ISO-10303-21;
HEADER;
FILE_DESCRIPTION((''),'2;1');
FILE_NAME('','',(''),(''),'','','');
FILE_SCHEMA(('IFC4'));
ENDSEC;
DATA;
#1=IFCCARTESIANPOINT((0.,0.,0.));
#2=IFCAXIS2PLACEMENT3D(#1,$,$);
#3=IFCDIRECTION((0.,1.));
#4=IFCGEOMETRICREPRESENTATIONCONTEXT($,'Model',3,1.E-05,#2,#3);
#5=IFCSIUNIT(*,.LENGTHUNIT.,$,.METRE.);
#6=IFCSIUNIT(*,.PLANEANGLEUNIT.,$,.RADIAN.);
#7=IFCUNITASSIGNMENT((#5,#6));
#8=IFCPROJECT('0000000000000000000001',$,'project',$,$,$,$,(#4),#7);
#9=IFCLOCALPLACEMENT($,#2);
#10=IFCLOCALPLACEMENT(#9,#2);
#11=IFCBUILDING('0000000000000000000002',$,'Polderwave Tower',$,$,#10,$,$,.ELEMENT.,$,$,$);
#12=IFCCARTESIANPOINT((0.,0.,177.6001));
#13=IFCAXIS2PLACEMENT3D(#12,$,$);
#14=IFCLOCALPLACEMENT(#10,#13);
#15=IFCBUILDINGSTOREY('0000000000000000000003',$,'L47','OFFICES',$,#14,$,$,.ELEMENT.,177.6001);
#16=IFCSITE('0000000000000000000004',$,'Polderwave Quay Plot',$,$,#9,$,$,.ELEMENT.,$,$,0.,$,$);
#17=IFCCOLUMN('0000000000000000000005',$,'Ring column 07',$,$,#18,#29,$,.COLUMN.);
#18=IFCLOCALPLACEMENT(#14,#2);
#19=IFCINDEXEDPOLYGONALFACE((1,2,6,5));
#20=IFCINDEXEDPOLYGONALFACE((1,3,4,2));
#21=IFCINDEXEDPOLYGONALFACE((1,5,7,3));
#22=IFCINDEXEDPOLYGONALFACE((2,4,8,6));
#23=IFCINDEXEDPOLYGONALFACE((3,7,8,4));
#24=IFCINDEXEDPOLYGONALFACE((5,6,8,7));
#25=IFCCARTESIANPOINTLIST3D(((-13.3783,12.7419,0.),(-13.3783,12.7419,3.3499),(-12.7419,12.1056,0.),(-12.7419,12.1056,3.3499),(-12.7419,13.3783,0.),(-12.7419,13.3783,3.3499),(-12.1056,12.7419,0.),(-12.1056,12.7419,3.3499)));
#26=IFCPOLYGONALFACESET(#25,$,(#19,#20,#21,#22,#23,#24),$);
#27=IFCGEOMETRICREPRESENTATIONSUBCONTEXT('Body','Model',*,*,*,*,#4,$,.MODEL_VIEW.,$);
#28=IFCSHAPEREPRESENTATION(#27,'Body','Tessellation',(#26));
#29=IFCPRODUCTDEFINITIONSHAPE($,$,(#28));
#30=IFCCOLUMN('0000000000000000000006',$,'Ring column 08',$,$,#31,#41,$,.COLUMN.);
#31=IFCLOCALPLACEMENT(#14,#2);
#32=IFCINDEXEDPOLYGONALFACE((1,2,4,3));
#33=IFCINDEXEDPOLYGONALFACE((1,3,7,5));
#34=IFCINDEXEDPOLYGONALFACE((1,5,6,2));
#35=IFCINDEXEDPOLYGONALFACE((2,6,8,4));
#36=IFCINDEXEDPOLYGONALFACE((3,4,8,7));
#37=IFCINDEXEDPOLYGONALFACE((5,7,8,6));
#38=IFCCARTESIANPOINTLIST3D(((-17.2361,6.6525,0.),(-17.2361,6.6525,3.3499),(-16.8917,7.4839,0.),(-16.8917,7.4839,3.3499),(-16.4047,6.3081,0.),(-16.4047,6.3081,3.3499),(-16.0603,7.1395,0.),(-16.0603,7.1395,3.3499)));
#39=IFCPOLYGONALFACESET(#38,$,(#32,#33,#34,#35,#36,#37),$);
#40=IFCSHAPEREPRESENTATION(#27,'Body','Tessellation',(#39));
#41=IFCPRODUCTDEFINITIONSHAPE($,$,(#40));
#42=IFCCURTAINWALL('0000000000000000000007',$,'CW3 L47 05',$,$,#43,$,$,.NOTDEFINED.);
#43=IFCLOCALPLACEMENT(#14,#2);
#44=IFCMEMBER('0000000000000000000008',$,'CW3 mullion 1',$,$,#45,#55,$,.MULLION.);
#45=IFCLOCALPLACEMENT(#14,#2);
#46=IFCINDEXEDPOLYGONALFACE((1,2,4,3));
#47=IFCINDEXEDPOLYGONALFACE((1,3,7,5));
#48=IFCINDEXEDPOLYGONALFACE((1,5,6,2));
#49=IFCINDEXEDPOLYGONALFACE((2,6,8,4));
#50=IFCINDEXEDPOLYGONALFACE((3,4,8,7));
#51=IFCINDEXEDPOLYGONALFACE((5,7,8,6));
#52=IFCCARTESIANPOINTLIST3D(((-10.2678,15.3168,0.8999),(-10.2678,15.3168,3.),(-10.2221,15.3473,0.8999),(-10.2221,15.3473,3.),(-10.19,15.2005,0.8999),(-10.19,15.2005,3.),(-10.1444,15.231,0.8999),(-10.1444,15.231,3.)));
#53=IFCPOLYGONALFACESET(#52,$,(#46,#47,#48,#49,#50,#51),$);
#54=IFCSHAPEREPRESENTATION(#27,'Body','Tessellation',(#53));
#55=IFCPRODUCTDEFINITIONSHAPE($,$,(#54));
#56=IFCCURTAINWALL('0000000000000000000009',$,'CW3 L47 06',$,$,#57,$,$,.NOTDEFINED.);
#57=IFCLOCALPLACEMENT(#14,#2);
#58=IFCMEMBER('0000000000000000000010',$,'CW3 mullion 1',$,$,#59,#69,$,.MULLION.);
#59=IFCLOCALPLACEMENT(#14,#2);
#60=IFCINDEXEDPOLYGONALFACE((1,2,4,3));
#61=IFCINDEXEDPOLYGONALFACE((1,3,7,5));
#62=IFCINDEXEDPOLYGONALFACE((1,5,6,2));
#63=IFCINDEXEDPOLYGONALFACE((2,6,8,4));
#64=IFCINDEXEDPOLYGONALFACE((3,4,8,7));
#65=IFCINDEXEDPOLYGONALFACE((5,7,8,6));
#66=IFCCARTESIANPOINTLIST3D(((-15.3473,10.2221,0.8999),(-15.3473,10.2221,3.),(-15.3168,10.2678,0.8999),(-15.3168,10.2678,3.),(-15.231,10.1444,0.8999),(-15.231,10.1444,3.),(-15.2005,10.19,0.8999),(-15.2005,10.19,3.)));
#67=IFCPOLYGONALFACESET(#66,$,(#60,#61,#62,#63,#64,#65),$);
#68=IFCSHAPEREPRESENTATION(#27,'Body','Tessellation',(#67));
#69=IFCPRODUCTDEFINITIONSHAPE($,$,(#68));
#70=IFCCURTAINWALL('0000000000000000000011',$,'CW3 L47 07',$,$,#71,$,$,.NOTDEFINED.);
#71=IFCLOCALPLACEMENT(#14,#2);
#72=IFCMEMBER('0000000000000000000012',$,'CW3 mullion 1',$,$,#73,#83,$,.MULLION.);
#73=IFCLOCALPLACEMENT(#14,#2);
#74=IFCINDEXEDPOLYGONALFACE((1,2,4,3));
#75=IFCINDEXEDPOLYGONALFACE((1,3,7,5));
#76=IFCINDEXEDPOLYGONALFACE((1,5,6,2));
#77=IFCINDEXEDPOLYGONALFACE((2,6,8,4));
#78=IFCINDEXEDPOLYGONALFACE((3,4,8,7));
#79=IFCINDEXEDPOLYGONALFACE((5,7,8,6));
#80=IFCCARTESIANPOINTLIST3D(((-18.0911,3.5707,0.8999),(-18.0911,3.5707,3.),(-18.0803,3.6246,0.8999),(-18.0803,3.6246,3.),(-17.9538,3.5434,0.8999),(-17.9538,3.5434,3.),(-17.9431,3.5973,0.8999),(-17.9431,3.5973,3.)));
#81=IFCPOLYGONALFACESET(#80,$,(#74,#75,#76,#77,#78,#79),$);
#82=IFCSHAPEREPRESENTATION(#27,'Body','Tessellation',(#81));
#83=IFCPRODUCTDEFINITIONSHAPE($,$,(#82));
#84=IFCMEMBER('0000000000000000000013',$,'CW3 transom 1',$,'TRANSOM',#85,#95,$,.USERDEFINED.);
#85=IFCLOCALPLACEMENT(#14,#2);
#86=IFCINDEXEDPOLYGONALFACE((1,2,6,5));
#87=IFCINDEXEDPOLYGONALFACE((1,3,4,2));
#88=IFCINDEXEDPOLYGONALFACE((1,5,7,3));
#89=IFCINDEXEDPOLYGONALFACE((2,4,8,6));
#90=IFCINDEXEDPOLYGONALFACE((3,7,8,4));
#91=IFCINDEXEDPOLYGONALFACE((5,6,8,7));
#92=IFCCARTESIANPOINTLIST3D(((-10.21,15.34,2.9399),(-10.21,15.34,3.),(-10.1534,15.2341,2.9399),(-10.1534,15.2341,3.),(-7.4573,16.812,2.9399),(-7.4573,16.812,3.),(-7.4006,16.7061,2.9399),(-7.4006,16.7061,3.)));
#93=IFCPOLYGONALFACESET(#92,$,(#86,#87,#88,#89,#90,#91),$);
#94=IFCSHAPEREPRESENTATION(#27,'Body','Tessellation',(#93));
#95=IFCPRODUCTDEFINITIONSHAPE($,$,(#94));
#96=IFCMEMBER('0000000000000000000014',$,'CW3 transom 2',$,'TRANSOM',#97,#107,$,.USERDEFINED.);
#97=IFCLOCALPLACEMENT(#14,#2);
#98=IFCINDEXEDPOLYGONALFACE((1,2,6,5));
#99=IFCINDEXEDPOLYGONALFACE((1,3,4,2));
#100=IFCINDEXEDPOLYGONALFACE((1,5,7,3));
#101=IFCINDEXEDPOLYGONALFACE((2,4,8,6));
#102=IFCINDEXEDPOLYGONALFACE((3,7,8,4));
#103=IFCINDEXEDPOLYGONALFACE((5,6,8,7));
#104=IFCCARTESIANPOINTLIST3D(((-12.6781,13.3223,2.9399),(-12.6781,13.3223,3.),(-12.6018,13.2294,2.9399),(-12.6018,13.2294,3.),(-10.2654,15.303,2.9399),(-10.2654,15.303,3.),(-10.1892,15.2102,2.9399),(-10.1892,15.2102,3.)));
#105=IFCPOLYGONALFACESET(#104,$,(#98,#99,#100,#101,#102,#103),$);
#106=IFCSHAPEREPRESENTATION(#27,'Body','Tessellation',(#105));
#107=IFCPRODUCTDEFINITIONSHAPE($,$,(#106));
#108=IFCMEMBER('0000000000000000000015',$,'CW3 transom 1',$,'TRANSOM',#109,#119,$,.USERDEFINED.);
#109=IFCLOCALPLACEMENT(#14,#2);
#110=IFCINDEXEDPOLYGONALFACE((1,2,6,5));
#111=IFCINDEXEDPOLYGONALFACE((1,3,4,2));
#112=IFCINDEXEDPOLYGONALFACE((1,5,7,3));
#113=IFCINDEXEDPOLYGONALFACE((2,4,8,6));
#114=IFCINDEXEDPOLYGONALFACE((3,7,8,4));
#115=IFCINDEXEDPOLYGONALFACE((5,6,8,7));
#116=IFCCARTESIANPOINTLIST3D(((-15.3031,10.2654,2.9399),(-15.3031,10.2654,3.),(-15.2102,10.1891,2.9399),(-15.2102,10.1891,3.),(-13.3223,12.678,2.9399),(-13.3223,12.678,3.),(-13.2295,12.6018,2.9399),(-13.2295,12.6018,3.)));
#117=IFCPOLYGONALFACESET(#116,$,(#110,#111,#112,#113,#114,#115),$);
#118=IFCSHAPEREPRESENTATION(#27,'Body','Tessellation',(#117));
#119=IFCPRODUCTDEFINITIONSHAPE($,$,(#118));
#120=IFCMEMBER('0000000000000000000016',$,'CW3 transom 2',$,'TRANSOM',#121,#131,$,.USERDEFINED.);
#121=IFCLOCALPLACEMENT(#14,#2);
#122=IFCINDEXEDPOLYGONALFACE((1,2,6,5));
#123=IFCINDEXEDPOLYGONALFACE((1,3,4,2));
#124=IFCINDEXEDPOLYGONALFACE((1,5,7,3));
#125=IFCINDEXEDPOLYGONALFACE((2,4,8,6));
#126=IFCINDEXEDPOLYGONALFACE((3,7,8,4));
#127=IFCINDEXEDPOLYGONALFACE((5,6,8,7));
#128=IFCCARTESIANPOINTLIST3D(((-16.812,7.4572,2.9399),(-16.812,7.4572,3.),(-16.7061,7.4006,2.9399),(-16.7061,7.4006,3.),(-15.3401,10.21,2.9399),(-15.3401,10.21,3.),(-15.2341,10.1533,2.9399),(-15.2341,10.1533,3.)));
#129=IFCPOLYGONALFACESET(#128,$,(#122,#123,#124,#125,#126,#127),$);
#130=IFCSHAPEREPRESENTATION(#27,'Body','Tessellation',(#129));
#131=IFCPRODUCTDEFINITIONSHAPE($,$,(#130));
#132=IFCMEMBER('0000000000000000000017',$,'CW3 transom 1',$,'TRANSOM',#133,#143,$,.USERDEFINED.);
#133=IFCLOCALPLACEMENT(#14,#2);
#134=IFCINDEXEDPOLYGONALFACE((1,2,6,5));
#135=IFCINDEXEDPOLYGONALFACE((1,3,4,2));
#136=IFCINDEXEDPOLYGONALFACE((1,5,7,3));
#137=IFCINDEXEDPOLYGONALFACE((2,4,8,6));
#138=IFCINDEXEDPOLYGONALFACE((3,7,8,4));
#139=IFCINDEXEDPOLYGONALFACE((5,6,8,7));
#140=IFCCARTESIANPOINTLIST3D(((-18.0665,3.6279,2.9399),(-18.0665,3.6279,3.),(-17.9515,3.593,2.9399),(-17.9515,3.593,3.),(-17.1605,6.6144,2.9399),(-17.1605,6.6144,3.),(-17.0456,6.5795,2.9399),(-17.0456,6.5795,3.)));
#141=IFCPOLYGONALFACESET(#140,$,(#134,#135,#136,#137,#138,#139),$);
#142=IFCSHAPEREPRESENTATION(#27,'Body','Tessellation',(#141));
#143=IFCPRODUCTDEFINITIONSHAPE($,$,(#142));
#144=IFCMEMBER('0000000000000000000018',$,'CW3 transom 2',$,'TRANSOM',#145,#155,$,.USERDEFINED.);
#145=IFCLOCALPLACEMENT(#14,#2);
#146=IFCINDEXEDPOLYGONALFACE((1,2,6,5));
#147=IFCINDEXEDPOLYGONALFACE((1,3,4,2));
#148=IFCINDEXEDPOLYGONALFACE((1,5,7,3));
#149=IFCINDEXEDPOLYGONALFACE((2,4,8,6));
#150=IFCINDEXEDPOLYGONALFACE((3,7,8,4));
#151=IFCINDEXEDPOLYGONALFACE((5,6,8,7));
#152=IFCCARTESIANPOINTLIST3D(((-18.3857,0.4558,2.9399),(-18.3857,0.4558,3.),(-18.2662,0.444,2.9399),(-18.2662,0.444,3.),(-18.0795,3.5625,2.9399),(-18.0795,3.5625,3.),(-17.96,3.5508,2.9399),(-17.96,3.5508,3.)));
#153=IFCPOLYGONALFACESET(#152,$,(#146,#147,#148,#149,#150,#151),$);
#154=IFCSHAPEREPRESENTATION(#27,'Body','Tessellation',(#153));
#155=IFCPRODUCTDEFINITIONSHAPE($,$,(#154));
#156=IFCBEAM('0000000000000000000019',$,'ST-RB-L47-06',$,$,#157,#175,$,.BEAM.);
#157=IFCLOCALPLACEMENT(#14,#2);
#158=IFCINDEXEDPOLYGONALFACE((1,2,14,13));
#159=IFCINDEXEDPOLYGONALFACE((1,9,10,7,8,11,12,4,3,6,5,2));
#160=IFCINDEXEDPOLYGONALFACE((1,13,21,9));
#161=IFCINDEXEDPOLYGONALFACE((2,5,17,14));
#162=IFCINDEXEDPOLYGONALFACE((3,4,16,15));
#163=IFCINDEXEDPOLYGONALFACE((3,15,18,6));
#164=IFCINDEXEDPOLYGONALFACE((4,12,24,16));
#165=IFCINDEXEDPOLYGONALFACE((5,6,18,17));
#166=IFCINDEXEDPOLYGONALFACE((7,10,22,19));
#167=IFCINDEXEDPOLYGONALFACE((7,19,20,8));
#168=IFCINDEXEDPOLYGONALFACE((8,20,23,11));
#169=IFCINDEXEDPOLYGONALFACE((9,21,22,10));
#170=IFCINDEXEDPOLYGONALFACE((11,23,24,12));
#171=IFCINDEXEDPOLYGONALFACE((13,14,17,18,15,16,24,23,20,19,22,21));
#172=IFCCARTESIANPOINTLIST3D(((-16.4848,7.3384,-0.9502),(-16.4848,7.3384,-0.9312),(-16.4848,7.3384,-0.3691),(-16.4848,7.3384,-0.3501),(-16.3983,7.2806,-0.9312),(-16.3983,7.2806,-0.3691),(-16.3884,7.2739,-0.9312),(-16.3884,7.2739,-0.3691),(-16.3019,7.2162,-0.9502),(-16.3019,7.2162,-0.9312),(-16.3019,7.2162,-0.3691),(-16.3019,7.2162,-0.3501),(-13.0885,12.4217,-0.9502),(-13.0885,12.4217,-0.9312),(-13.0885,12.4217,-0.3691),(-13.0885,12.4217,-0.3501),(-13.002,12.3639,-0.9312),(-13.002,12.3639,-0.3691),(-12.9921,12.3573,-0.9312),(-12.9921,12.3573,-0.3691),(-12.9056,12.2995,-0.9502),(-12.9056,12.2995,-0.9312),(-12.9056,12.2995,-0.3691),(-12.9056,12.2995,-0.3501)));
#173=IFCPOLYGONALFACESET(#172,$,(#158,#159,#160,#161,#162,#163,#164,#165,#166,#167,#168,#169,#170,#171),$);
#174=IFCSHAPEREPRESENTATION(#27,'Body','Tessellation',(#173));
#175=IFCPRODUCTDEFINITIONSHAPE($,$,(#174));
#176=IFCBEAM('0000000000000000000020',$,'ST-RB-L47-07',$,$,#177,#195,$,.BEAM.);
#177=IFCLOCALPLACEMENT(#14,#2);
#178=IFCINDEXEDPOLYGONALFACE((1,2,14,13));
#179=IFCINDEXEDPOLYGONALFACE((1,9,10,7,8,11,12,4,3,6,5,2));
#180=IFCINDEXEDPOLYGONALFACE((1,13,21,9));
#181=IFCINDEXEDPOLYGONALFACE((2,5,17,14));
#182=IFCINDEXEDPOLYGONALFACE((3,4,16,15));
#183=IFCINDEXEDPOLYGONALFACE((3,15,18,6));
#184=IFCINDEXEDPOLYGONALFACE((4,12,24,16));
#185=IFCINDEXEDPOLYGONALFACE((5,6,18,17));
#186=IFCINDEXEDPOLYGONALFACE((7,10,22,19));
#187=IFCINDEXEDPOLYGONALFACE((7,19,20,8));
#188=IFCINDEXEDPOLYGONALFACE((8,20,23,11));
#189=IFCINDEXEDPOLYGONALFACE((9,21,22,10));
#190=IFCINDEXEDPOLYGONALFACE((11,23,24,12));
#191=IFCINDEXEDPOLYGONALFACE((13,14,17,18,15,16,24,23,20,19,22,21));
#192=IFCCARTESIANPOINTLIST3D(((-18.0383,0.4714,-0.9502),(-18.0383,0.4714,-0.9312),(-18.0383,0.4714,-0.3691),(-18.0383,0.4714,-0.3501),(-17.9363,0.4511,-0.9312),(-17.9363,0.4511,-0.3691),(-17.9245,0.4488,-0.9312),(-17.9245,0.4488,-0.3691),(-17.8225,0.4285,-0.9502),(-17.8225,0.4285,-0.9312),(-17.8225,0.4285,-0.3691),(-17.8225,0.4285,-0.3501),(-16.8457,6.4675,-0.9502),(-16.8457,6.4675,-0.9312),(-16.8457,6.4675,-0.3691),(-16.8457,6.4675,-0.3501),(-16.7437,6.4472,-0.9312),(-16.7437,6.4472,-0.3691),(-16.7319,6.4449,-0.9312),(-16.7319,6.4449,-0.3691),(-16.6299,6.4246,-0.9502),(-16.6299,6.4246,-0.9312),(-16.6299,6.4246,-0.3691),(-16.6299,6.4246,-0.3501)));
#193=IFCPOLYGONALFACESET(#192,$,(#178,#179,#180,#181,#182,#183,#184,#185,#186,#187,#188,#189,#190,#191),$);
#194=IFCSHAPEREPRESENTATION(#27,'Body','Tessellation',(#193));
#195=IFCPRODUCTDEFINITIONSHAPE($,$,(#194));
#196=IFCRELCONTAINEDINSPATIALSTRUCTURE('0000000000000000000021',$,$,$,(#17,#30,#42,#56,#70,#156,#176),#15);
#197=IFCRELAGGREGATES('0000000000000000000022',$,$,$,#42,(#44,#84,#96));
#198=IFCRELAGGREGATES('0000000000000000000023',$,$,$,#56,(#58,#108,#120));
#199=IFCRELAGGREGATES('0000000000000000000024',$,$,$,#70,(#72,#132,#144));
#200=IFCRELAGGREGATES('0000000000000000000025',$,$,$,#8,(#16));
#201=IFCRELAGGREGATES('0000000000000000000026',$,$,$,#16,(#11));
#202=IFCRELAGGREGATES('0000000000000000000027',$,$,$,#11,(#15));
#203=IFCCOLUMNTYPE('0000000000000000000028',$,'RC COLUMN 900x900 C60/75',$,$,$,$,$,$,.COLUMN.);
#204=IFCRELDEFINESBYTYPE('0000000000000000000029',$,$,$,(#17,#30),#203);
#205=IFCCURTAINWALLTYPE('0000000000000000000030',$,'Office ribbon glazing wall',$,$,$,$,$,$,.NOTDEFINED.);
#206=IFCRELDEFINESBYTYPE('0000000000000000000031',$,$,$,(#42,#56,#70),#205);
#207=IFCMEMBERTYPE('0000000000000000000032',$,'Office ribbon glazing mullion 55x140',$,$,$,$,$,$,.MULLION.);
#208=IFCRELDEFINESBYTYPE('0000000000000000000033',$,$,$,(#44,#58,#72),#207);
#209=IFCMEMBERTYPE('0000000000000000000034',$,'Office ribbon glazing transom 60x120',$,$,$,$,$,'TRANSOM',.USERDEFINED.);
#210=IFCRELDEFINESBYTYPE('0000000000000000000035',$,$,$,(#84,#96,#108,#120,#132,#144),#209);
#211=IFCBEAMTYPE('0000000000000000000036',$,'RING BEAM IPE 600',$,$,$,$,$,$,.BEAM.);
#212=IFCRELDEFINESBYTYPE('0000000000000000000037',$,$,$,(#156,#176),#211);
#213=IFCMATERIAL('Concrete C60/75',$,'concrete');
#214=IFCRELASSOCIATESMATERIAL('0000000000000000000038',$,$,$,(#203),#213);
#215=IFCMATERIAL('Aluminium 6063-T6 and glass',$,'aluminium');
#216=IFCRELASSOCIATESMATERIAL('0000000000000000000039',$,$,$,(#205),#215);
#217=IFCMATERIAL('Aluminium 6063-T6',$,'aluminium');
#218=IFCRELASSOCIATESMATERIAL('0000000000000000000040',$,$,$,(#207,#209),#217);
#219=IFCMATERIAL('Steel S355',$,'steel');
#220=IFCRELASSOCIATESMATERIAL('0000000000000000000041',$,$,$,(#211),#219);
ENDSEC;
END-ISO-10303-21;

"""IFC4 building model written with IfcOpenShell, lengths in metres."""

from ifc_helpers import new_model, si_unit, direction, frame, origin, origin_2d, place, context, subcontext, project, spatial, rectangle, i_section, extrude, material, material_profile, profile_set, type_object, element, aggregate, save


model = new_model("IFC4")

# Units and contexts
model_context = context("Model", 3, precision=1e-05, world=origin(), true_north=direction((0.0, 1.0)))
body_context = subcontext(model_context, "Body", "Model", "MODEL_VIEW")
ifc_project = project(units=[si_unit("LENGTHUNIT", "METRE"), si_unit("PLANEANGLEUNIT", "RADIAN")], contexts=[model_context])

# Site, building, storey
site_placement = place(None, origin())
site = spatial("IfcSite", under=ifc_project, at=site_placement, Name="Polderwave Quay Plot", CompositionType="ELEMENT", RefElevation=0.0)
building_placement = place(site_placement, origin())
building = spatial("IfcBuilding", under=site, at=building_placement, Name="Polderwave Tower", CompositionType="ELEMENT")
storey_placement = place(building_placement, frame((0.0, 0.0, 177.6001)))
storey = spatial("IfcBuildingStorey", under=building, at=storey_placement, Name="L47", Description="OFFICES", CompositionType="ELEMENT", Elevation=177.6001)

# Columns
ifc_material_1 = material(Name="Concrete C60/75", Category="concrete")
ifc_material_profile_1 = material_profile(ifc_material_1, rectangle(XDim=0.8999, YDim=0.8999, at=origin_2d()), Name="RC 900x900")
ifc_profile_set_1 = profile_set([ifc_material_profile_1], Name="Concrete C60/75")
column_type = type_object("IfcColumnType", Name="RC COLUMN 900x900 C60/75", PredefinedType="COLUMN", material=ifc_profile_set_1)
for number, where, z_axis, x_axis, name in (
    (1, (-12.7419, 12.7419, 0.0), (0.0, 0.0, 1.0), (-0.707107, 0.707107, 0.0), "Ring column 07"),
    (2, (-16.6482, 6.896, 0.0), (0.0, 0.0, 1.0), (-0.92388, 0.382683, 0.0), "Ring column 08"),
):
    element("IfcColumn", number, at=place(storey_placement, frame(where, z_axis=z_axis, x_axis=x_axis)), inside=storey, type_object=column_type, Name=name, PredefinedType="COLUMN", context=body_context, shape_type="SweptSolid", body=[
        extrude(rectangle(XDim=0.8999, YDim=0.8999, at=origin_2d()), origin(), (0.0, 0.0, 1.0), 3.3499),
    ])

# Curtain walls, members
ifc_material_2 = material(Name="Aluminium 6063-T6 and glass", Category="aluminium")
curtain_wall_type = type_object("IfcCurtainWallType", Name="Office ribbon glazing wall", PredefinedType="NOTDEFINED", material=ifc_material_2)
curtain_wall_1_placement = place(storey_placement, origin())
curtain_wall_1 = element("IfcCurtainWall", 3, at=curtain_wall_1_placement, inside=storey, type_object=curtain_wall_type, Name="CW3 L47 05", PredefinedType="NOTDEFINED")
ifc_material_3 = material(Name="Aluminium 6063-T6", Category="aluminium")
ifc_material_profile_2 = material_profile(ifc_material_3, rectangle(XDim=0.1399, YDim=0.0549, at=origin_2d()), Name="AL 55x140")
ifc_profile_set_2 = profile_set([ifc_material_profile_2], Name="Aluminium 6063-T6")
member_type_1 = type_object("IfcMemberType", Name="Office ribbon glazing mullion 55x140", PredefinedType="MULLION", material=ifc_profile_set_2)
member_1_placement = place(storey_placement, frame((-10.2061, 15.2739, 0.8999), z_axis=(0.0, 0.0, 1.0), x_axis=(0.555695, -0.831386, 0.0)))
member_1 = element("IfcMember", 4, at=member_1_placement, type_object=member_type_1, Name="CW3 mullion 1", PredefinedType="MULLION", context=body_context, shape_type="SweptSolid", body=[
    extrude(rectangle(XDim=0.1399, YDim=0.0549, at=origin_2d()), origin(), (0.0, 0.0, 1.0), 2.1001),
])
curtain_wall_2_placement = place(storey_placement, origin())
curtain_wall_2 = element("IfcCurtainWall", 5, at=curtain_wall_2_placement, inside=storey, type_object=curtain_wall_type, Name="CW3 L47 06", PredefinedType="NOTDEFINED")
member_2_placement = place(storey_placement, frame((-15.2739, 10.2061, 0.8999), z_axis=(0.0, 0.0, 1.0), x_axis=(0.831386, -0.555695, 0.0)))
member_2 = element("IfcMember", 6, at=member_2_placement, type_object=member_type_1, Name="CW3 mullion 1", PredefinedType="MULLION", context=body_context, shape_type="SweptSolid", body=[
    extrude(rectangle(XDim=0.1399, YDim=0.0549, at=origin_2d()), origin(), (0.0, 0.0, 1.0), 2.1001),
])
curtain_wall_3_placement = place(storey_placement, origin())
curtain_wall_3 = element("IfcCurtainWall", 7, at=curtain_wall_3_placement, inside=storey, type_object=curtain_wall_type, Name="CW3 L47 07", PredefinedType="NOTDEFINED")
member_3_placement = place(storey_placement, frame((-18.0171, 3.584, 0.8999), z_axis=(0.0, 0.0, 1.0), x_axis=(0.980775, -0.195143, 0.0)))
member_3 = element("IfcMember", 8, at=member_3_placement, type_object=member_type_1, Name="CW3 mullion 1", PredefinedType="MULLION", context=body_context, shape_type="SweptSolid", body=[
    extrude(rectangle(XDim=0.1399, YDim=0.0549, at=origin_2d()), origin(), (0.0, 0.0, 1.0), 2.1001),
])

# Members
ifc_material_profile_3 = material_profile(ifc_material_3, rectangle(XDim=0.1201, YDim=0.0601, at=origin_2d()), Name="AL 60x120")
ifc_profile_set_3 = profile_set([ifc_material_profile_3], Name="Aluminium 6063-T6")
member_type_2 = type_object("IfcMemberType", Name="Office ribbon glazing transom 60x120", ElementType="TRANSOM", PredefinedType="USERDEFINED", material=ifc_profile_set_3)
member_4_placement = place(storey_placement, frame((-7.429, 16.759, 2.97), z_axis=(-0.881844, -0.471542, 0.0), x_axis=(0.471542, -0.881844, 0.0)))
member_4 = element("IfcMember", 9, at=member_4_placement, type_object=member_type_2, Name="CW3 transom 1", ObjectType="TRANSOM", PredefinedType="USERDEFINED", context=body_context, shape_type="SweptSolid", body=[
    extrude(rectangle(XDim=0.1201, YDim=0.0601, at=origin_2d()), origin(), (0.0, 0.0, 1.0), 3.1216),
])
member_5_placement = place(storey_placement, frame((-10.2273, 15.2566, 2.97), z_axis=(-0.772893, -0.634536, 0.0), x_axis=(0.634536, -0.772893, 0.0)))
member_5 = element("IfcMember", 10, at=member_5_placement, type_object=member_type_2, Name="CW3 transom 2", ObjectType="TRANSOM", PredefinedType="USERDEFINED", context=body_context, shape_type="SweptSolid", body=[
    extrude(rectangle(XDim=0.1201, YDim=0.0601, at=origin_2d()), origin(), (0.0, 0.0, 1.0), 3.1216),
])
member_6_placement = place(storey_placement, frame((-13.2759, 12.6399, 2.97), z_axis=(-0.634536, -0.772893, 0.0), x_axis=(0.772893, -0.634536, 0.0)))
member_6 = element("IfcMember", 11, at=member_6_placement, type_object=member_type_2, Name="CW3 transom 1", ObjectType="TRANSOM", PredefinedType="USERDEFINED", context=body_context, shape_type="SweptSolid", body=[
    extrude(rectangle(XDim=0.1201, YDim=0.0601, at=origin_2d()), origin(), (0.0, 0.0, 1.0), 3.1216),
])
member_7_placement = place(storey_placement, frame((-15.2871, 10.1816, 2.97), z_axis=(-0.471542, -0.881844, 0.0), x_axis=(0.881844, -0.471542, 0.0)))
member_7 = element("IfcMember", 12, at=member_7_placement, type_object=member_type_2, Name="CW3 transom 2", ObjectType="TRANSOM", PredefinedType="USERDEFINED", context=body_context, shape_type="SweptSolid", body=[
    extrude(rectangle(XDim=0.1201, YDim=0.0601, at=origin_2d()), origin(), (0.0, 0.0, 1.0), 3.1216),
])
member_8_placement = place(storey_placement, frame((-17.103, 6.5969, 2.97), z_axis=(-0.290296, -0.956937, 0.0), x_axis=(0.956937, -0.290296, 0.0)))
member_8 = element("IfcMember", 13, at=member_8_placement, type_object=member_type_2, Name="CW3 transom 1", ObjectType="TRANSOM", PredefinedType="USERDEFINED", context=body_context, shape_type="SweptSolid", body=[
    extrude(rectangle(XDim=0.1201, YDim=0.0601, at=origin_2d()), origin(), (0.0, 0.0, 1.0), 3.1208),
])
member_9_placement = place(storey_placement, frame((-18.0198, 3.5566, 2.97), z_axis=(-0.098071, -0.995179, 0.0), x_axis=(0.995179, -0.098071, 0.0)))
member_9 = element("IfcMember", 14, at=member_9_placement, type_object=member_type_2, Name="CW3 transom 2", ObjectType="TRANSOM", PredefinedType="USERDEFINED", context=body_context, shape_type="SweptSolid", body=[
    extrude(rectangle(XDim=0.1201, YDim=0.0601, at=origin_2d()), origin(), (0.0, 0.0, 1.0), 3.1218),
])

# Beams
ifc_material_4 = material(Name="Steel S355", Category="steel")
ifc_material_profile_4 = material_profile(ifc_material_4, i_section(OverallWidth=0.22, OverallDepth=0.6001, WebThickness=0.012, FlangeThickness=0.019, at=origin_2d()), Name="IPE 600")
ifc_profile_set_4 = profile_set([ifc_material_profile_4], Name="Steel S355")
beam_type = type_object("IfcBeamType", Name="RING BEAM IPE 600", PredefinedType="BEAM", material=ifc_profile_set_4)
for number, where, z_axis, x_axis, name in (
    (15, (-12.9971, 12.3606, -0.6501), (-0.555539, -0.831491, 0.0), (0.831491, -0.555539, 0.0), "ST-RB-L47-06"),
    (16, (-16.7378, 6.446, -0.6501), (-0.195079, -0.980787, 0.0), (0.980787, -0.195079, 0.0), "ST-RB-L47-07"),
):
    element("IfcBeam", number, at=place(storey_placement, frame(where, z_axis=z_axis, x_axis=x_axis)), inside=storey, type_object=beam_type, Name=name, PredefinedType="BEAM", context=body_context, shape_type="SweptSolid", body=[
        extrude(i_section(OverallWidth=0.22, OverallDepth=0.6001, WebThickness=0.012, FlangeThickness=0.019, at=origin_2d()), origin(), (0.0, 0.0, 1.0), 6.1135),
    ])

aggregate(curtain_wall_1, [member_1, member_4, member_5])
aggregate(curtain_wall_2, [member_2, member_6, member_7])
aggregate(curtain_wall_3, [member_3, member_8, member_9])

save(model, "model.ifc")
